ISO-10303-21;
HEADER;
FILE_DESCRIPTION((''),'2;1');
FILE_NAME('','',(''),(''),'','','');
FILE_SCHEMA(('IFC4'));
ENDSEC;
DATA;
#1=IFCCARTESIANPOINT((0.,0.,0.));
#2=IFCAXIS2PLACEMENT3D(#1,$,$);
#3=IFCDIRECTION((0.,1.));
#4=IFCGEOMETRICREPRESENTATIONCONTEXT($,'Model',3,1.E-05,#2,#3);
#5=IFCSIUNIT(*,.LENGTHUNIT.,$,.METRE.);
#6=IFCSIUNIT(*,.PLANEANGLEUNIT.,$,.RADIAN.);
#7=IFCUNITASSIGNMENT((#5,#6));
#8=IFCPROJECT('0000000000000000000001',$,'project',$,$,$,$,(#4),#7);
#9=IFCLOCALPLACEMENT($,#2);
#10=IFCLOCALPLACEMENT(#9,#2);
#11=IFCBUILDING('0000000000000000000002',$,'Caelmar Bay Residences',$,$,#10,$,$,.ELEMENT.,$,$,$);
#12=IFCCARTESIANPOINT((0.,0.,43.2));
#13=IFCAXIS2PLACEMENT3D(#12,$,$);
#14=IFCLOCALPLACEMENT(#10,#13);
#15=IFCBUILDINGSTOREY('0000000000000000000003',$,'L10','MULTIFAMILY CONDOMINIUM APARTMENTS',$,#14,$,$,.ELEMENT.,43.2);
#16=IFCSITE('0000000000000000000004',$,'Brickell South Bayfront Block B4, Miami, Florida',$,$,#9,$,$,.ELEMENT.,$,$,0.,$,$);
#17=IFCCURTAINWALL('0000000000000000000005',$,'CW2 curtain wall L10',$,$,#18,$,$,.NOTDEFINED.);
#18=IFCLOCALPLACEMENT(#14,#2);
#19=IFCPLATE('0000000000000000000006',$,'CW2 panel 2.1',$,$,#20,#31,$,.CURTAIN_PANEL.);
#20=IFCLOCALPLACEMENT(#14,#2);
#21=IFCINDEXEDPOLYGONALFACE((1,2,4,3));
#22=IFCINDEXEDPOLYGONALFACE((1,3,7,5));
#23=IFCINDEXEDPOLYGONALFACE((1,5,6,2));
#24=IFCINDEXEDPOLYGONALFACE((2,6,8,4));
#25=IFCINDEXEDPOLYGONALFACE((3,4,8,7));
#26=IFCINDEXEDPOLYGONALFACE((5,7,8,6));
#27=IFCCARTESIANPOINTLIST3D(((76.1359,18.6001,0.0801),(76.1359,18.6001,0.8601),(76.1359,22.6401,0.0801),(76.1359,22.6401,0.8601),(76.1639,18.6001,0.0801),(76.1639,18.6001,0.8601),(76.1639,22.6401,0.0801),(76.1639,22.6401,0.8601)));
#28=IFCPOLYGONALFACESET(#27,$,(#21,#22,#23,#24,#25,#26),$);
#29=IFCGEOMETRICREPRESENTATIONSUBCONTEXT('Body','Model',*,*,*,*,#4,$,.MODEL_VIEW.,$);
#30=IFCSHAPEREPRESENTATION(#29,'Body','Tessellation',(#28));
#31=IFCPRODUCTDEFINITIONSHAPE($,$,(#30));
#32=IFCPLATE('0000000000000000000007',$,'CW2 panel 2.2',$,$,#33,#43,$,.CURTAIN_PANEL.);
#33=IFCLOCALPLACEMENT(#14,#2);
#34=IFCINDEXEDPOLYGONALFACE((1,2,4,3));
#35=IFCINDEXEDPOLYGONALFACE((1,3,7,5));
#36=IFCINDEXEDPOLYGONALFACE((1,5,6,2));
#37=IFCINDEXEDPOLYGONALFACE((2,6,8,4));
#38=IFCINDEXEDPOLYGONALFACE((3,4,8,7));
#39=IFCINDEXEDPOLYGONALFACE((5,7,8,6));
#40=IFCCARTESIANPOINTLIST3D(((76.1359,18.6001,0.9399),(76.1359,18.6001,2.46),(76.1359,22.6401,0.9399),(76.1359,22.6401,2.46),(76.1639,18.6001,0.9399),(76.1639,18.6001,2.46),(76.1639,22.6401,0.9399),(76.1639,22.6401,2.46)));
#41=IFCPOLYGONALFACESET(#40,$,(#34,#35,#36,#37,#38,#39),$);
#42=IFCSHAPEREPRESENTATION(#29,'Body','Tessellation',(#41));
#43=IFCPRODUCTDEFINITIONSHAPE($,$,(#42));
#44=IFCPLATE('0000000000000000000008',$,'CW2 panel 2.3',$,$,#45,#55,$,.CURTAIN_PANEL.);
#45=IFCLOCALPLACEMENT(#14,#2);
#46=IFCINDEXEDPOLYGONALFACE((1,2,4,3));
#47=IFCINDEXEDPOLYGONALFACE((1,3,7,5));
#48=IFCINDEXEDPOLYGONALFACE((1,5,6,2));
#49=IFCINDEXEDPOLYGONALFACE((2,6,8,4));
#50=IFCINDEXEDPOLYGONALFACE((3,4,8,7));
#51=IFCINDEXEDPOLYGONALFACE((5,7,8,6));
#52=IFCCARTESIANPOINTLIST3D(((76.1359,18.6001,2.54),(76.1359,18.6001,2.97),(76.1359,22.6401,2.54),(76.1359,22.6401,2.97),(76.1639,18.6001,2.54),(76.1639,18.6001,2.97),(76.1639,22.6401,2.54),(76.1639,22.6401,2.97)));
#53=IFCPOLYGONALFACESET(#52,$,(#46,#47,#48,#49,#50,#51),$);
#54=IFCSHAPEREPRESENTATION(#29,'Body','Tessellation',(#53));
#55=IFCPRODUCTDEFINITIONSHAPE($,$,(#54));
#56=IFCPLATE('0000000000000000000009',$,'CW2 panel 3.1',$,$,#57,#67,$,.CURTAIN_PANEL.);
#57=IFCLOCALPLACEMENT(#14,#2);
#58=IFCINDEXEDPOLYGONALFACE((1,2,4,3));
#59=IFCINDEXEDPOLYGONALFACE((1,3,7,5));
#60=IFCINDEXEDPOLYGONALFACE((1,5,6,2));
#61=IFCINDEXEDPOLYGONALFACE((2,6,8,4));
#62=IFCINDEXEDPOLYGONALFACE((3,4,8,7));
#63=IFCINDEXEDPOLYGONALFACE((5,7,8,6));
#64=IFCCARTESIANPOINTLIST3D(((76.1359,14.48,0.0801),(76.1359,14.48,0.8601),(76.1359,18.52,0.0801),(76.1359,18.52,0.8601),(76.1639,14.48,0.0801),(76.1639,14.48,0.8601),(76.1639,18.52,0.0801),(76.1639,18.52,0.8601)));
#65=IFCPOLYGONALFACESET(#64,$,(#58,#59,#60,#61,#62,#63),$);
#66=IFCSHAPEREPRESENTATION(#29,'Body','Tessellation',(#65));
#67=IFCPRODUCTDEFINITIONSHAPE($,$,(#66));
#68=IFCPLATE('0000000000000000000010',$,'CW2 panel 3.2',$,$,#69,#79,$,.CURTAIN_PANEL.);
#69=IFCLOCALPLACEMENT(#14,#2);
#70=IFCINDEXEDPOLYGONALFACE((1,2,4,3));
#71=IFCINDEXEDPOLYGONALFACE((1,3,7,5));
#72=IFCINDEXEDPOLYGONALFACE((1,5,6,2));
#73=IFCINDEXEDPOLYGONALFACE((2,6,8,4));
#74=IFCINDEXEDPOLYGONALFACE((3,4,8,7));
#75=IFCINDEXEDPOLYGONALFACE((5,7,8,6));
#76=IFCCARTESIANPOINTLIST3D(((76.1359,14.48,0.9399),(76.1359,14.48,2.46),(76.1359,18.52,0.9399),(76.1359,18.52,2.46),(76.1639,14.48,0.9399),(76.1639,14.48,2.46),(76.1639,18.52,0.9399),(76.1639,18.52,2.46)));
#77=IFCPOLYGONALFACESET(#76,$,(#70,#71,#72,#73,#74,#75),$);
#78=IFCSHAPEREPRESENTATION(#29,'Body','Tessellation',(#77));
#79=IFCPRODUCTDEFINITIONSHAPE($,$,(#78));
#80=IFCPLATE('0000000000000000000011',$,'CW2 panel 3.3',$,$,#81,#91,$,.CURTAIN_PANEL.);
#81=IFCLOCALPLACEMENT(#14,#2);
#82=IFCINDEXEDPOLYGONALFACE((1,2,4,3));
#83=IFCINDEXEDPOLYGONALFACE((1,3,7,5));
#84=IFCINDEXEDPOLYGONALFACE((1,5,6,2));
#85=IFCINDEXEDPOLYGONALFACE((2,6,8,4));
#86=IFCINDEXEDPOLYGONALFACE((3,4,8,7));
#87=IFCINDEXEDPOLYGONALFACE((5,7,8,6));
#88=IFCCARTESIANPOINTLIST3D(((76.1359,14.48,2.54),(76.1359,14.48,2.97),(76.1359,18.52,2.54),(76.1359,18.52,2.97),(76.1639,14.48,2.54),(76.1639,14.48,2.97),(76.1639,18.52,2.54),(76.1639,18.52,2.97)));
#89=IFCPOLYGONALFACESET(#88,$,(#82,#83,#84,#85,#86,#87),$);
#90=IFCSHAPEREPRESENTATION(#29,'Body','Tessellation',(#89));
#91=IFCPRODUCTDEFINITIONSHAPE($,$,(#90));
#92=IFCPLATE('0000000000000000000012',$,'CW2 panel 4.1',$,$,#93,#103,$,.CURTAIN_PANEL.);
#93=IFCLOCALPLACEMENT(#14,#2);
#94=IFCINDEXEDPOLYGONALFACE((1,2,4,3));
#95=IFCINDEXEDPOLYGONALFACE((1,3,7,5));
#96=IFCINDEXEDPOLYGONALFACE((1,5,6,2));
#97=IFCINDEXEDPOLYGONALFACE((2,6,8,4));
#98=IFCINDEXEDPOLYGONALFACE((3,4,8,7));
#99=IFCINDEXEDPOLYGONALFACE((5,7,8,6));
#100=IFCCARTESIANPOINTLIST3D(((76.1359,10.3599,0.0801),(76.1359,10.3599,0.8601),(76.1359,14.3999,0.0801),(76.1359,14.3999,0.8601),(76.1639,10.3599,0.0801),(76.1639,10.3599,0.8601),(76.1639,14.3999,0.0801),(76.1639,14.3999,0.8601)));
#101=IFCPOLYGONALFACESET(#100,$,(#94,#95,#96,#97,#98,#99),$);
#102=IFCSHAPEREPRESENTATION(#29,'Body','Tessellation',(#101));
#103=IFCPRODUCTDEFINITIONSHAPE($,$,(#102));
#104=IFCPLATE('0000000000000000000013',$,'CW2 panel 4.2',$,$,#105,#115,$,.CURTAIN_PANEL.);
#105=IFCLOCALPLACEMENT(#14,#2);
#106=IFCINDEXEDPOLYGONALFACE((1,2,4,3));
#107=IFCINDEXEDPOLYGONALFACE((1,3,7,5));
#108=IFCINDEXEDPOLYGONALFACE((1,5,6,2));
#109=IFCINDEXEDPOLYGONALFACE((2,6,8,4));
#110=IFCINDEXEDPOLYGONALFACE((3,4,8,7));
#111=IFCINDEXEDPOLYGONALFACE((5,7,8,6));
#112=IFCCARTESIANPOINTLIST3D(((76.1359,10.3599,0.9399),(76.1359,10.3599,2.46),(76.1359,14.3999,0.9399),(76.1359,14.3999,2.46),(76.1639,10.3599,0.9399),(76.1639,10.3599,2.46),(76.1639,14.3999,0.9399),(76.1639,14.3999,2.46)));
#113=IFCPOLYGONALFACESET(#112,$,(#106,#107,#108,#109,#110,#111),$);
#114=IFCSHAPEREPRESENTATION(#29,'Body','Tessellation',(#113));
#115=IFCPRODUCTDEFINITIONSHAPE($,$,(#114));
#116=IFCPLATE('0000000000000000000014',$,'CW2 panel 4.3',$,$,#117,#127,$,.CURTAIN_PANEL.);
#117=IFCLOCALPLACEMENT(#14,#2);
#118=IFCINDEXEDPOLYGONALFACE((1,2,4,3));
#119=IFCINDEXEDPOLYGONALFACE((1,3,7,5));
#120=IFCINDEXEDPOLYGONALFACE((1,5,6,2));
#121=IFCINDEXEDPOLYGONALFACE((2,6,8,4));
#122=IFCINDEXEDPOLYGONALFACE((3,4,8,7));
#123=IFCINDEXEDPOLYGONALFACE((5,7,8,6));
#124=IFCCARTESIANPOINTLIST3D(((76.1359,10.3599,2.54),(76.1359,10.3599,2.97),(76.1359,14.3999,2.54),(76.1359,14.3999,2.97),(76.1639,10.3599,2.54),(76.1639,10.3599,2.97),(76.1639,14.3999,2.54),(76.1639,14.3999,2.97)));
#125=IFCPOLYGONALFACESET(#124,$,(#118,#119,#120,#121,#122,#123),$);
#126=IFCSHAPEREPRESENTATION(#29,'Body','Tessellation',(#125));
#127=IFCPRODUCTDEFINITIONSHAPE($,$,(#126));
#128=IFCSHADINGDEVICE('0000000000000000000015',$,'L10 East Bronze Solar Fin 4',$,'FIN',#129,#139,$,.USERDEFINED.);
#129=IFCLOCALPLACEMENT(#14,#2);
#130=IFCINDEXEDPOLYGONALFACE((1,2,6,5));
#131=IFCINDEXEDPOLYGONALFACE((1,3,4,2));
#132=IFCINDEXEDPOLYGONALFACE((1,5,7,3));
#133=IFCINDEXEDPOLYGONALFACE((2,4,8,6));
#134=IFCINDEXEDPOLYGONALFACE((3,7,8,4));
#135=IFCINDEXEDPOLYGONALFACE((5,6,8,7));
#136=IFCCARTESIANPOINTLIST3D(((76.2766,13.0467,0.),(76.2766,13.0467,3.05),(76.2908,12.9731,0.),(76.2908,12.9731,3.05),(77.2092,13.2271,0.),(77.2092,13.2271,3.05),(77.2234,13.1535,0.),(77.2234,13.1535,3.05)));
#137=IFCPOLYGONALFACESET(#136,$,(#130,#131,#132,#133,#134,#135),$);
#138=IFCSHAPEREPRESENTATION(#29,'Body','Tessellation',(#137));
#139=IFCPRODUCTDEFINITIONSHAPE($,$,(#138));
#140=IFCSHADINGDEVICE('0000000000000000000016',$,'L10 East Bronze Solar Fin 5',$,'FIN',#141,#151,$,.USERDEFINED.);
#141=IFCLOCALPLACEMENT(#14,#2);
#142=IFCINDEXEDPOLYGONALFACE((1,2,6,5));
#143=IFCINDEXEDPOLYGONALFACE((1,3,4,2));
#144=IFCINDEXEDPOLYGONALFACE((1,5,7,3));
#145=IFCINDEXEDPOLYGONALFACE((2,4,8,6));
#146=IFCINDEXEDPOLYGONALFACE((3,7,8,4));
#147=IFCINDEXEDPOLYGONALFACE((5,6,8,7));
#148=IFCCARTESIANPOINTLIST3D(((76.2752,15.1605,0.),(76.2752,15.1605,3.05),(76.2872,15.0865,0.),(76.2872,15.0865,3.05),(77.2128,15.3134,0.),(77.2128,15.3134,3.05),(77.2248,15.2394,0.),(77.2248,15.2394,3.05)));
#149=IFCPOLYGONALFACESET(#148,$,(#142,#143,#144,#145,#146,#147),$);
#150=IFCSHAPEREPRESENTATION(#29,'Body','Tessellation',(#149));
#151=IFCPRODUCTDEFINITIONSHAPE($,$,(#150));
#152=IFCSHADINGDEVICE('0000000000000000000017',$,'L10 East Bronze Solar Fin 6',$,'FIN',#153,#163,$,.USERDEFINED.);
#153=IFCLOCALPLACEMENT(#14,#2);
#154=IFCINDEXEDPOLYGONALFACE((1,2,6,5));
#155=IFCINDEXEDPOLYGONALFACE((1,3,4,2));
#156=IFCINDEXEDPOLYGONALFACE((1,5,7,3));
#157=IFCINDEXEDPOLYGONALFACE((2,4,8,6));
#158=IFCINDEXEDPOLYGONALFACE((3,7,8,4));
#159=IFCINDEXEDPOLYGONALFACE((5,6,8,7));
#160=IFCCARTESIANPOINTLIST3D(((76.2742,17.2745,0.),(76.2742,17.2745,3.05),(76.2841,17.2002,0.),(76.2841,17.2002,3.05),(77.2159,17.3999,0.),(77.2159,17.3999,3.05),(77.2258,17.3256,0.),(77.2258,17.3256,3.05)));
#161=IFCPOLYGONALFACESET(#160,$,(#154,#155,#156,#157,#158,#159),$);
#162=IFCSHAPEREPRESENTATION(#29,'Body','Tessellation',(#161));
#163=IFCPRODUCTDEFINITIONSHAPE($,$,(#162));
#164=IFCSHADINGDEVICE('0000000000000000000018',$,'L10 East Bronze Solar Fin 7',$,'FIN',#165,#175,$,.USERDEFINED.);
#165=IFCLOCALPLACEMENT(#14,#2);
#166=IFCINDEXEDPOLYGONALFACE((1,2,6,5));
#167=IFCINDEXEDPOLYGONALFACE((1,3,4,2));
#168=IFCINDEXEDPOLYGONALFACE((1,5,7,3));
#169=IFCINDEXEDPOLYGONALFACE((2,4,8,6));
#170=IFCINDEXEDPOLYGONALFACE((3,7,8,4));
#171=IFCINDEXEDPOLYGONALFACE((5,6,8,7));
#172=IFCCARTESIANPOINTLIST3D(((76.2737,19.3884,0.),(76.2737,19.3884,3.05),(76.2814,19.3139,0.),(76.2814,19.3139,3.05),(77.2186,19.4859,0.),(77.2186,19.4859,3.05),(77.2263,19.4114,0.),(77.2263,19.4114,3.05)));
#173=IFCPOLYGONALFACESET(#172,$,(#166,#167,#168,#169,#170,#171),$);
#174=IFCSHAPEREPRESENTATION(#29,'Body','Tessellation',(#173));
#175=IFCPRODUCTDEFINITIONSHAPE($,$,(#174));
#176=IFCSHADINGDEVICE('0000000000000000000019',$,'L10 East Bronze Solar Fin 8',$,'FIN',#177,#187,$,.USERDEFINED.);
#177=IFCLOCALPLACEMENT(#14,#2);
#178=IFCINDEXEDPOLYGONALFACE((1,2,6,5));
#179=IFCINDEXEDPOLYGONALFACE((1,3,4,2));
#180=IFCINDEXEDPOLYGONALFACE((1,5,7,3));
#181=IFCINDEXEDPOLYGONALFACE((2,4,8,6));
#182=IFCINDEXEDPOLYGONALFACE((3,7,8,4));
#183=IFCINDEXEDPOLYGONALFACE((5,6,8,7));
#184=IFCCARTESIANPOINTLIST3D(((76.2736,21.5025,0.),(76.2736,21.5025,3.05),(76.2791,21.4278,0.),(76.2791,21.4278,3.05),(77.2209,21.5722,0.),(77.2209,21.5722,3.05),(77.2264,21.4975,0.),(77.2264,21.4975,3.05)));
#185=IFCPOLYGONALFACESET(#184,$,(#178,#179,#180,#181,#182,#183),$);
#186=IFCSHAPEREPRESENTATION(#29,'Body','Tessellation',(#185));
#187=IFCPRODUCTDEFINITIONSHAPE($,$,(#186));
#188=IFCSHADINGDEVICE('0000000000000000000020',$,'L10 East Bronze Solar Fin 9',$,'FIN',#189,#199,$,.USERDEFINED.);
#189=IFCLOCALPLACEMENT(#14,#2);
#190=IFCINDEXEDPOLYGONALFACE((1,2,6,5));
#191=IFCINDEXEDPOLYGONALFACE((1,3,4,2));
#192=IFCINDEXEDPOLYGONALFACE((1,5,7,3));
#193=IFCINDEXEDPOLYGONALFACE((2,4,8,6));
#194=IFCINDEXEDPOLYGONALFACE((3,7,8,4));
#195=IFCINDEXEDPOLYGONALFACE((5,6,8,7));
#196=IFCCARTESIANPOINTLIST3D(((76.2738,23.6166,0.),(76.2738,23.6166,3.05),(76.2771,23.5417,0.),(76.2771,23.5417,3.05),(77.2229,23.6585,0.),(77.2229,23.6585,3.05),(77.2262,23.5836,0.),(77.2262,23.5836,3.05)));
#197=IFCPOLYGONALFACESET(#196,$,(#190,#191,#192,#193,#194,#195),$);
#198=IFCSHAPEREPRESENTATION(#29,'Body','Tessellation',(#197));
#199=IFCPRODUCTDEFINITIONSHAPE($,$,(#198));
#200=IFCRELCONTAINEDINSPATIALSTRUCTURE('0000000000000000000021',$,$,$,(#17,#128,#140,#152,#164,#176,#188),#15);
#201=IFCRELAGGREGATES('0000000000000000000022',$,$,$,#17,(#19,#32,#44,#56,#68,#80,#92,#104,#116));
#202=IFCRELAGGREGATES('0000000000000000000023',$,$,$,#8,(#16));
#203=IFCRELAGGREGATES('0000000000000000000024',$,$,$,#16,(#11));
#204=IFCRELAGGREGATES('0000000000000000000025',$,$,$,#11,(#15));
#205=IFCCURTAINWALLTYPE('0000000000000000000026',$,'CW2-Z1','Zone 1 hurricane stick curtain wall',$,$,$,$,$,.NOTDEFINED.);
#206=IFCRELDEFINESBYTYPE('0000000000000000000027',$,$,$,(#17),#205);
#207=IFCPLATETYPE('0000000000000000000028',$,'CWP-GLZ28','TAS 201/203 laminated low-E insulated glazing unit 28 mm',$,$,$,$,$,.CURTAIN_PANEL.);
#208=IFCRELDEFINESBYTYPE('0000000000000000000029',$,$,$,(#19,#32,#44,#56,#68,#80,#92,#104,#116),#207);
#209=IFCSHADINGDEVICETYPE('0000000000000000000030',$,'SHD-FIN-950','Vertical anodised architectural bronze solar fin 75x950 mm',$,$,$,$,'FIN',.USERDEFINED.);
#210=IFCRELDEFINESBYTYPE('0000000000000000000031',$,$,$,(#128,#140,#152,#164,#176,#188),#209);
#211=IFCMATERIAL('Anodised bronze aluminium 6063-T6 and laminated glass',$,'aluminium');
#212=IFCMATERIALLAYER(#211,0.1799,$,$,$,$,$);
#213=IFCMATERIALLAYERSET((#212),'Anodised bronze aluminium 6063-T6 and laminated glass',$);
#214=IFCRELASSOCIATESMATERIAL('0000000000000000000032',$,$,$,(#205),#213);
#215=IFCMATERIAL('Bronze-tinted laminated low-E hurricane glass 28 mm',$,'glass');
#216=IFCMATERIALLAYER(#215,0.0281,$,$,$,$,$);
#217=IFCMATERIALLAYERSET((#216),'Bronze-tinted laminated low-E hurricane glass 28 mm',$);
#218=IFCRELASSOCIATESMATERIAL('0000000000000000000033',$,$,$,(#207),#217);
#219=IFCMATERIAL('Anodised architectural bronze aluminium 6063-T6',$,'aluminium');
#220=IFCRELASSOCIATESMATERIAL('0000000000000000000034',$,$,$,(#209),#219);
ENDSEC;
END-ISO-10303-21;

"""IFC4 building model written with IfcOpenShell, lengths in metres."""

from ifc_helpers import new_model, si_unit, direction, frame, origin, origin_2d, place, context, subcontext, project, spatial, rectangle, extrude, material, layer, layer_set, material_profile, profile_set, type_object, element, aggregate, save


model = new_model("IFC4")

# Units and contexts
model_context = context("Model", 3, precision=1e-05, world=origin(), true_north=direction((0.0, 1.0)))
body_context = subcontext(model_context, "Body", "Model", "MODEL_VIEW")
ifc_project = project(units=[si_unit("LENGTHUNIT", "METRE"), si_unit("PLANEANGLEUNIT", "RADIAN")], contexts=[model_context])

# Site, building, storey
site_placement = place(None, origin())
site = spatial("IfcSite", under=ifc_project, at=site_placement, Name="Brickell South Bayfront Block B4, Miami, Florida", CompositionType="ELEMENT", RefElevation=0.0)
building_placement = place(site_placement, origin())
building = spatial("IfcBuilding", under=site, at=building_placement, Name="Caelmar Bay Residences", CompositionType="ELEMENT")
storey_placement = place(building_placement, frame((0.0, 0.0, 43.2)))
storey = spatial("IfcBuildingStorey", under=building, at=storey_placement, Name="L10", Description="MULTIFAMILY CONDOMINIUM APARTMENTS", CompositionType="ELEMENT", Elevation=43.2)

# Curtain wall, plates
ifc_material_1 = material(Name="Anodised bronze aluminium 6063-T6 and laminated glass", Category="aluminium")
ifc_layer_1 = layer(ifc_material_1, 0.1799)
ifc_layer_set_1 = layer_set([ifc_layer_1], Name="Anodised bronze aluminium 6063-T6 and laminated glass")
curtain_wall_type = type_object("IfcCurtainWallType", Name="CW2-Z1", Description="Zone 1 hurricane stick curtain wall", PredefinedType="NOTDEFINED", material=ifc_layer_set_1)
curtain_wall_placement = place(storey_placement, origin())
curtain_wall = element("IfcCurtainWall", 1, at=curtain_wall_placement, inside=storey, type_object=curtain_wall_type, Name="CW2 curtain wall L10", PredefinedType="NOTDEFINED")
ifc_material_2 = material(Name="Bronze-tinted laminated low-E hurricane glass 28 mm", Category="glass")
ifc_layer_2 = layer(ifc_material_2, 0.0281)
ifc_layer_set_2 = layer_set([ifc_layer_2], Name="Bronze-tinted laminated low-E hurricane glass 28 mm")
plate_type = type_object("IfcPlateType", Name="CWP-GLZ28", Description="TAS 201/203 laminated low-E insulated glazing unit 28 mm", PredefinedType="CURTAIN_PANEL", material=ifc_layer_set_2)
plate_1_placement = place(storey_placement, frame((76.1499, 20.6201, 0.0801), z_axis=(0.0, 0.0, 1.0), x_axis=(0.0, -1.0, 0.0)))
plate_1 = element("IfcPlate", 2, at=plate_1_placement, type_object=plate_type, Name="CW2 panel 2.1", PredefinedType="CURTAIN_PANEL", context=body_context, shape_type="SweptSolid", body=[
    extrude(rectangle(XDim=4.04, YDim=0.0281, at=origin_2d()), origin(), (0.0, 0.0, 1.0), 0.78),
])
plate_2_placement = place(storey_placement, frame((76.1499, 20.6201, 0.9399), z_axis=(0.0, 0.0, 1.0), x_axis=(0.0, -1.0, 0.0)))
plate_2 = element("IfcPlate", 3, at=plate_2_placement, type_object=plate_type, Name="CW2 panel 2.2", PredefinedType="CURTAIN_PANEL", context=body_context, shape_type="SweptSolid", body=[
    extrude(rectangle(XDim=4.04, YDim=0.0281, at=origin_2d()), origin(), (0.0, 0.0, 1.0), 1.52),
])
plate_3_placement = place(storey_placement, frame((76.1499, 20.6201, 2.54), z_axis=(0.0, 0.0, 1.0), x_axis=(0.0, -1.0, 0.0)))
plate_3 = element("IfcPlate", 4, at=plate_3_placement, type_object=plate_type, Name="CW2 panel 2.3", PredefinedType="CURTAIN_PANEL", context=body_context, shape_type="SweptSolid", body=[
    extrude(rectangle(XDim=4.04, YDim=0.0281, at=origin_2d()), origin(), (0.0, 0.0, 1.0), 0.4299),
])
plate_4_placement = place(storey_placement, frame((76.1499, 16.5, 0.0801), z_axis=(0.0, 0.0, 1.0), x_axis=(0.0, -1.0, 0.0)))
plate_4 = element("IfcPlate", 5, at=plate_4_placement, type_object=plate_type, Name="CW2 panel 3.1", PredefinedType="CURTAIN_PANEL", context=body_context, shape_type="SweptSolid", body=[
    extrude(rectangle(XDim=4.04, YDim=0.0281, at=origin_2d()), origin(), (0.0, 0.0, 1.0), 0.78),
])
plate_5_placement = place(storey_placement, frame((76.1499, 16.5, 0.9399), z_axis=(0.0, 0.0, 1.0), x_axis=(0.0, -1.0, 0.0)))
plate_5 = element("IfcPlate", 6, at=plate_5_placement, type_object=plate_type, Name="CW2 panel 3.2", PredefinedType="CURTAIN_PANEL", context=body_context, shape_type="SweptSolid", body=[
    extrude(rectangle(XDim=4.04, YDim=0.0281, at=origin_2d()), origin(), (0.0, 0.0, 1.0), 1.52),
])
plate_6_placement = place(storey_placement, frame((76.1499, 16.5, 2.54), z_axis=(0.0, 0.0, 1.0), x_axis=(0.0, -1.0, 0.0)))
plate_6 = element("IfcPlate", 7, at=plate_6_placement, type_object=plate_type, Name="CW2 panel 3.3", PredefinedType="CURTAIN_PANEL", context=body_context, shape_type="SweptSolid", body=[
    extrude(rectangle(XDim=4.04, YDim=0.0281, at=origin_2d()), origin(), (0.0, 0.0, 1.0), 0.4299),
])
plate_7_placement = place(storey_placement, frame((76.1499, 12.3799, 0.0801), z_axis=(0.0, 0.0, 1.0), x_axis=(0.0, -1.0, 0.0)))
plate_7 = element("IfcPlate", 8, at=plate_7_placement, type_object=plate_type, Name="CW2 panel 4.1", PredefinedType="CURTAIN_PANEL", context=body_context, shape_type="SweptSolid", body=[
    extrude(rectangle(XDim=4.04, YDim=0.0281, at=origin_2d()), origin(), (0.0, 0.0, 1.0), 0.78),
])
plate_8_placement = place(storey_placement, frame((76.1499, 12.3799, 0.9399), z_axis=(0.0, 0.0, 1.0), x_axis=(0.0, -1.0, 0.0)))
plate_8 = element("IfcPlate", 9, at=plate_8_placement, type_object=plate_type, Name="CW2 panel 4.2", PredefinedType="CURTAIN_PANEL", context=body_context, shape_type="SweptSolid", body=[
    extrude(rectangle(XDim=4.04, YDim=0.0281, at=origin_2d()), origin(), (0.0, 0.0, 1.0), 1.52),
])
plate_9_placement = place(storey_placement, frame((76.1499, 12.3799, 2.54), z_axis=(0.0, 0.0, 1.0), x_axis=(0.0, -1.0, 0.0)))
plate_9 = element("IfcPlate", 10, at=plate_9_placement, type_object=plate_type, Name="CW2 panel 4.3", PredefinedType="CURTAIN_PANEL", context=body_context, shape_type="SweptSolid", body=[
    extrude(rectangle(XDim=4.04, YDim=0.0281, at=origin_2d()), origin(), (0.0, 0.0, 1.0), 0.4299),
])
aggregate(curtain_wall, [plate_1, plate_2, plate_3, plate_4, plate_5, plate_6, plate_7, plate_8, plate_9])

# Shading devices
ifc_material_3 = material(Name="Anodised architectural bronze aluminium 6063-T6", Category="aluminium")
ifc_material_profile_1 = material_profile(ifc_material_3, rectangle(XDim=0.075, YDim=0.95, at=origin_2d()), Name="BRONZE-FIN-75X950")
ifc_profile_set_1 = profile_set([ifc_material_profile_1], Name="Anodised architectural bronze aluminium 6063-T6")
shading_device_type = type_object("IfcShadingDeviceType", Name="SHD-FIN-950", Description="Vertical anodised architectural bronze solar fin 75x950 mm", ElementType="FIN", PredefinedType="USERDEFINED", material=ifc_profile_set_1)
for number, where, z_axis, x_axis, name in (
    (11, (76.75, 13.1001, 0.0), (0.0, 0.0, 1.0), (-0.189952, 0.981793, 0.0), "L10 East Bronze Solar Fin 4"),
    (12, (76.75, 15.2, 0.0), (0.0, 0.0, 1.0), (-0.160915, 0.986968, 0.0), "L10 East Bronze Solar Fin 5"),
    (13, (76.75, 17.3, 0.0), (0.0, 0.0, 1.0), (-0.13191, 0.991262, 0.0), "L10 East Bronze Solar Fin 6"),
    (14, (76.75, 19.3999, 0.0), (0.0, 0.0, 1.0), (-0.102619, 0.994721, 0.0), "L10 East Bronze Solar Fin 7"),
    (15, (76.75, 21.5, 0.0), (0.0, 0.0, 1.0), (-0.073412, 0.997302, 0.0), "L10 East Bronze Solar Fin 8"),
    (16, (76.75, 23.6001, 0.0), (0.0, 0.0, 1.0), (-0.044142, 0.999025, 0.0), "L10 East Bronze Solar Fin 9"),
):
    element("IfcShadingDevice", number, at=place(storey_placement, frame(where, z_axis=z_axis, x_axis=x_axis)), inside=storey, type_object=shading_device_type, Name=name, ObjectType="FIN", PredefinedType="USERDEFINED", context=body_context, shape_type="SweptSolid", body=[
        extrude(rectangle(XDim=0.075, YDim=0.95, at=origin_2d()), origin(), (0.0, 0.0, 1.0), 3.05),
    ])

save(model, "model.ifc")
